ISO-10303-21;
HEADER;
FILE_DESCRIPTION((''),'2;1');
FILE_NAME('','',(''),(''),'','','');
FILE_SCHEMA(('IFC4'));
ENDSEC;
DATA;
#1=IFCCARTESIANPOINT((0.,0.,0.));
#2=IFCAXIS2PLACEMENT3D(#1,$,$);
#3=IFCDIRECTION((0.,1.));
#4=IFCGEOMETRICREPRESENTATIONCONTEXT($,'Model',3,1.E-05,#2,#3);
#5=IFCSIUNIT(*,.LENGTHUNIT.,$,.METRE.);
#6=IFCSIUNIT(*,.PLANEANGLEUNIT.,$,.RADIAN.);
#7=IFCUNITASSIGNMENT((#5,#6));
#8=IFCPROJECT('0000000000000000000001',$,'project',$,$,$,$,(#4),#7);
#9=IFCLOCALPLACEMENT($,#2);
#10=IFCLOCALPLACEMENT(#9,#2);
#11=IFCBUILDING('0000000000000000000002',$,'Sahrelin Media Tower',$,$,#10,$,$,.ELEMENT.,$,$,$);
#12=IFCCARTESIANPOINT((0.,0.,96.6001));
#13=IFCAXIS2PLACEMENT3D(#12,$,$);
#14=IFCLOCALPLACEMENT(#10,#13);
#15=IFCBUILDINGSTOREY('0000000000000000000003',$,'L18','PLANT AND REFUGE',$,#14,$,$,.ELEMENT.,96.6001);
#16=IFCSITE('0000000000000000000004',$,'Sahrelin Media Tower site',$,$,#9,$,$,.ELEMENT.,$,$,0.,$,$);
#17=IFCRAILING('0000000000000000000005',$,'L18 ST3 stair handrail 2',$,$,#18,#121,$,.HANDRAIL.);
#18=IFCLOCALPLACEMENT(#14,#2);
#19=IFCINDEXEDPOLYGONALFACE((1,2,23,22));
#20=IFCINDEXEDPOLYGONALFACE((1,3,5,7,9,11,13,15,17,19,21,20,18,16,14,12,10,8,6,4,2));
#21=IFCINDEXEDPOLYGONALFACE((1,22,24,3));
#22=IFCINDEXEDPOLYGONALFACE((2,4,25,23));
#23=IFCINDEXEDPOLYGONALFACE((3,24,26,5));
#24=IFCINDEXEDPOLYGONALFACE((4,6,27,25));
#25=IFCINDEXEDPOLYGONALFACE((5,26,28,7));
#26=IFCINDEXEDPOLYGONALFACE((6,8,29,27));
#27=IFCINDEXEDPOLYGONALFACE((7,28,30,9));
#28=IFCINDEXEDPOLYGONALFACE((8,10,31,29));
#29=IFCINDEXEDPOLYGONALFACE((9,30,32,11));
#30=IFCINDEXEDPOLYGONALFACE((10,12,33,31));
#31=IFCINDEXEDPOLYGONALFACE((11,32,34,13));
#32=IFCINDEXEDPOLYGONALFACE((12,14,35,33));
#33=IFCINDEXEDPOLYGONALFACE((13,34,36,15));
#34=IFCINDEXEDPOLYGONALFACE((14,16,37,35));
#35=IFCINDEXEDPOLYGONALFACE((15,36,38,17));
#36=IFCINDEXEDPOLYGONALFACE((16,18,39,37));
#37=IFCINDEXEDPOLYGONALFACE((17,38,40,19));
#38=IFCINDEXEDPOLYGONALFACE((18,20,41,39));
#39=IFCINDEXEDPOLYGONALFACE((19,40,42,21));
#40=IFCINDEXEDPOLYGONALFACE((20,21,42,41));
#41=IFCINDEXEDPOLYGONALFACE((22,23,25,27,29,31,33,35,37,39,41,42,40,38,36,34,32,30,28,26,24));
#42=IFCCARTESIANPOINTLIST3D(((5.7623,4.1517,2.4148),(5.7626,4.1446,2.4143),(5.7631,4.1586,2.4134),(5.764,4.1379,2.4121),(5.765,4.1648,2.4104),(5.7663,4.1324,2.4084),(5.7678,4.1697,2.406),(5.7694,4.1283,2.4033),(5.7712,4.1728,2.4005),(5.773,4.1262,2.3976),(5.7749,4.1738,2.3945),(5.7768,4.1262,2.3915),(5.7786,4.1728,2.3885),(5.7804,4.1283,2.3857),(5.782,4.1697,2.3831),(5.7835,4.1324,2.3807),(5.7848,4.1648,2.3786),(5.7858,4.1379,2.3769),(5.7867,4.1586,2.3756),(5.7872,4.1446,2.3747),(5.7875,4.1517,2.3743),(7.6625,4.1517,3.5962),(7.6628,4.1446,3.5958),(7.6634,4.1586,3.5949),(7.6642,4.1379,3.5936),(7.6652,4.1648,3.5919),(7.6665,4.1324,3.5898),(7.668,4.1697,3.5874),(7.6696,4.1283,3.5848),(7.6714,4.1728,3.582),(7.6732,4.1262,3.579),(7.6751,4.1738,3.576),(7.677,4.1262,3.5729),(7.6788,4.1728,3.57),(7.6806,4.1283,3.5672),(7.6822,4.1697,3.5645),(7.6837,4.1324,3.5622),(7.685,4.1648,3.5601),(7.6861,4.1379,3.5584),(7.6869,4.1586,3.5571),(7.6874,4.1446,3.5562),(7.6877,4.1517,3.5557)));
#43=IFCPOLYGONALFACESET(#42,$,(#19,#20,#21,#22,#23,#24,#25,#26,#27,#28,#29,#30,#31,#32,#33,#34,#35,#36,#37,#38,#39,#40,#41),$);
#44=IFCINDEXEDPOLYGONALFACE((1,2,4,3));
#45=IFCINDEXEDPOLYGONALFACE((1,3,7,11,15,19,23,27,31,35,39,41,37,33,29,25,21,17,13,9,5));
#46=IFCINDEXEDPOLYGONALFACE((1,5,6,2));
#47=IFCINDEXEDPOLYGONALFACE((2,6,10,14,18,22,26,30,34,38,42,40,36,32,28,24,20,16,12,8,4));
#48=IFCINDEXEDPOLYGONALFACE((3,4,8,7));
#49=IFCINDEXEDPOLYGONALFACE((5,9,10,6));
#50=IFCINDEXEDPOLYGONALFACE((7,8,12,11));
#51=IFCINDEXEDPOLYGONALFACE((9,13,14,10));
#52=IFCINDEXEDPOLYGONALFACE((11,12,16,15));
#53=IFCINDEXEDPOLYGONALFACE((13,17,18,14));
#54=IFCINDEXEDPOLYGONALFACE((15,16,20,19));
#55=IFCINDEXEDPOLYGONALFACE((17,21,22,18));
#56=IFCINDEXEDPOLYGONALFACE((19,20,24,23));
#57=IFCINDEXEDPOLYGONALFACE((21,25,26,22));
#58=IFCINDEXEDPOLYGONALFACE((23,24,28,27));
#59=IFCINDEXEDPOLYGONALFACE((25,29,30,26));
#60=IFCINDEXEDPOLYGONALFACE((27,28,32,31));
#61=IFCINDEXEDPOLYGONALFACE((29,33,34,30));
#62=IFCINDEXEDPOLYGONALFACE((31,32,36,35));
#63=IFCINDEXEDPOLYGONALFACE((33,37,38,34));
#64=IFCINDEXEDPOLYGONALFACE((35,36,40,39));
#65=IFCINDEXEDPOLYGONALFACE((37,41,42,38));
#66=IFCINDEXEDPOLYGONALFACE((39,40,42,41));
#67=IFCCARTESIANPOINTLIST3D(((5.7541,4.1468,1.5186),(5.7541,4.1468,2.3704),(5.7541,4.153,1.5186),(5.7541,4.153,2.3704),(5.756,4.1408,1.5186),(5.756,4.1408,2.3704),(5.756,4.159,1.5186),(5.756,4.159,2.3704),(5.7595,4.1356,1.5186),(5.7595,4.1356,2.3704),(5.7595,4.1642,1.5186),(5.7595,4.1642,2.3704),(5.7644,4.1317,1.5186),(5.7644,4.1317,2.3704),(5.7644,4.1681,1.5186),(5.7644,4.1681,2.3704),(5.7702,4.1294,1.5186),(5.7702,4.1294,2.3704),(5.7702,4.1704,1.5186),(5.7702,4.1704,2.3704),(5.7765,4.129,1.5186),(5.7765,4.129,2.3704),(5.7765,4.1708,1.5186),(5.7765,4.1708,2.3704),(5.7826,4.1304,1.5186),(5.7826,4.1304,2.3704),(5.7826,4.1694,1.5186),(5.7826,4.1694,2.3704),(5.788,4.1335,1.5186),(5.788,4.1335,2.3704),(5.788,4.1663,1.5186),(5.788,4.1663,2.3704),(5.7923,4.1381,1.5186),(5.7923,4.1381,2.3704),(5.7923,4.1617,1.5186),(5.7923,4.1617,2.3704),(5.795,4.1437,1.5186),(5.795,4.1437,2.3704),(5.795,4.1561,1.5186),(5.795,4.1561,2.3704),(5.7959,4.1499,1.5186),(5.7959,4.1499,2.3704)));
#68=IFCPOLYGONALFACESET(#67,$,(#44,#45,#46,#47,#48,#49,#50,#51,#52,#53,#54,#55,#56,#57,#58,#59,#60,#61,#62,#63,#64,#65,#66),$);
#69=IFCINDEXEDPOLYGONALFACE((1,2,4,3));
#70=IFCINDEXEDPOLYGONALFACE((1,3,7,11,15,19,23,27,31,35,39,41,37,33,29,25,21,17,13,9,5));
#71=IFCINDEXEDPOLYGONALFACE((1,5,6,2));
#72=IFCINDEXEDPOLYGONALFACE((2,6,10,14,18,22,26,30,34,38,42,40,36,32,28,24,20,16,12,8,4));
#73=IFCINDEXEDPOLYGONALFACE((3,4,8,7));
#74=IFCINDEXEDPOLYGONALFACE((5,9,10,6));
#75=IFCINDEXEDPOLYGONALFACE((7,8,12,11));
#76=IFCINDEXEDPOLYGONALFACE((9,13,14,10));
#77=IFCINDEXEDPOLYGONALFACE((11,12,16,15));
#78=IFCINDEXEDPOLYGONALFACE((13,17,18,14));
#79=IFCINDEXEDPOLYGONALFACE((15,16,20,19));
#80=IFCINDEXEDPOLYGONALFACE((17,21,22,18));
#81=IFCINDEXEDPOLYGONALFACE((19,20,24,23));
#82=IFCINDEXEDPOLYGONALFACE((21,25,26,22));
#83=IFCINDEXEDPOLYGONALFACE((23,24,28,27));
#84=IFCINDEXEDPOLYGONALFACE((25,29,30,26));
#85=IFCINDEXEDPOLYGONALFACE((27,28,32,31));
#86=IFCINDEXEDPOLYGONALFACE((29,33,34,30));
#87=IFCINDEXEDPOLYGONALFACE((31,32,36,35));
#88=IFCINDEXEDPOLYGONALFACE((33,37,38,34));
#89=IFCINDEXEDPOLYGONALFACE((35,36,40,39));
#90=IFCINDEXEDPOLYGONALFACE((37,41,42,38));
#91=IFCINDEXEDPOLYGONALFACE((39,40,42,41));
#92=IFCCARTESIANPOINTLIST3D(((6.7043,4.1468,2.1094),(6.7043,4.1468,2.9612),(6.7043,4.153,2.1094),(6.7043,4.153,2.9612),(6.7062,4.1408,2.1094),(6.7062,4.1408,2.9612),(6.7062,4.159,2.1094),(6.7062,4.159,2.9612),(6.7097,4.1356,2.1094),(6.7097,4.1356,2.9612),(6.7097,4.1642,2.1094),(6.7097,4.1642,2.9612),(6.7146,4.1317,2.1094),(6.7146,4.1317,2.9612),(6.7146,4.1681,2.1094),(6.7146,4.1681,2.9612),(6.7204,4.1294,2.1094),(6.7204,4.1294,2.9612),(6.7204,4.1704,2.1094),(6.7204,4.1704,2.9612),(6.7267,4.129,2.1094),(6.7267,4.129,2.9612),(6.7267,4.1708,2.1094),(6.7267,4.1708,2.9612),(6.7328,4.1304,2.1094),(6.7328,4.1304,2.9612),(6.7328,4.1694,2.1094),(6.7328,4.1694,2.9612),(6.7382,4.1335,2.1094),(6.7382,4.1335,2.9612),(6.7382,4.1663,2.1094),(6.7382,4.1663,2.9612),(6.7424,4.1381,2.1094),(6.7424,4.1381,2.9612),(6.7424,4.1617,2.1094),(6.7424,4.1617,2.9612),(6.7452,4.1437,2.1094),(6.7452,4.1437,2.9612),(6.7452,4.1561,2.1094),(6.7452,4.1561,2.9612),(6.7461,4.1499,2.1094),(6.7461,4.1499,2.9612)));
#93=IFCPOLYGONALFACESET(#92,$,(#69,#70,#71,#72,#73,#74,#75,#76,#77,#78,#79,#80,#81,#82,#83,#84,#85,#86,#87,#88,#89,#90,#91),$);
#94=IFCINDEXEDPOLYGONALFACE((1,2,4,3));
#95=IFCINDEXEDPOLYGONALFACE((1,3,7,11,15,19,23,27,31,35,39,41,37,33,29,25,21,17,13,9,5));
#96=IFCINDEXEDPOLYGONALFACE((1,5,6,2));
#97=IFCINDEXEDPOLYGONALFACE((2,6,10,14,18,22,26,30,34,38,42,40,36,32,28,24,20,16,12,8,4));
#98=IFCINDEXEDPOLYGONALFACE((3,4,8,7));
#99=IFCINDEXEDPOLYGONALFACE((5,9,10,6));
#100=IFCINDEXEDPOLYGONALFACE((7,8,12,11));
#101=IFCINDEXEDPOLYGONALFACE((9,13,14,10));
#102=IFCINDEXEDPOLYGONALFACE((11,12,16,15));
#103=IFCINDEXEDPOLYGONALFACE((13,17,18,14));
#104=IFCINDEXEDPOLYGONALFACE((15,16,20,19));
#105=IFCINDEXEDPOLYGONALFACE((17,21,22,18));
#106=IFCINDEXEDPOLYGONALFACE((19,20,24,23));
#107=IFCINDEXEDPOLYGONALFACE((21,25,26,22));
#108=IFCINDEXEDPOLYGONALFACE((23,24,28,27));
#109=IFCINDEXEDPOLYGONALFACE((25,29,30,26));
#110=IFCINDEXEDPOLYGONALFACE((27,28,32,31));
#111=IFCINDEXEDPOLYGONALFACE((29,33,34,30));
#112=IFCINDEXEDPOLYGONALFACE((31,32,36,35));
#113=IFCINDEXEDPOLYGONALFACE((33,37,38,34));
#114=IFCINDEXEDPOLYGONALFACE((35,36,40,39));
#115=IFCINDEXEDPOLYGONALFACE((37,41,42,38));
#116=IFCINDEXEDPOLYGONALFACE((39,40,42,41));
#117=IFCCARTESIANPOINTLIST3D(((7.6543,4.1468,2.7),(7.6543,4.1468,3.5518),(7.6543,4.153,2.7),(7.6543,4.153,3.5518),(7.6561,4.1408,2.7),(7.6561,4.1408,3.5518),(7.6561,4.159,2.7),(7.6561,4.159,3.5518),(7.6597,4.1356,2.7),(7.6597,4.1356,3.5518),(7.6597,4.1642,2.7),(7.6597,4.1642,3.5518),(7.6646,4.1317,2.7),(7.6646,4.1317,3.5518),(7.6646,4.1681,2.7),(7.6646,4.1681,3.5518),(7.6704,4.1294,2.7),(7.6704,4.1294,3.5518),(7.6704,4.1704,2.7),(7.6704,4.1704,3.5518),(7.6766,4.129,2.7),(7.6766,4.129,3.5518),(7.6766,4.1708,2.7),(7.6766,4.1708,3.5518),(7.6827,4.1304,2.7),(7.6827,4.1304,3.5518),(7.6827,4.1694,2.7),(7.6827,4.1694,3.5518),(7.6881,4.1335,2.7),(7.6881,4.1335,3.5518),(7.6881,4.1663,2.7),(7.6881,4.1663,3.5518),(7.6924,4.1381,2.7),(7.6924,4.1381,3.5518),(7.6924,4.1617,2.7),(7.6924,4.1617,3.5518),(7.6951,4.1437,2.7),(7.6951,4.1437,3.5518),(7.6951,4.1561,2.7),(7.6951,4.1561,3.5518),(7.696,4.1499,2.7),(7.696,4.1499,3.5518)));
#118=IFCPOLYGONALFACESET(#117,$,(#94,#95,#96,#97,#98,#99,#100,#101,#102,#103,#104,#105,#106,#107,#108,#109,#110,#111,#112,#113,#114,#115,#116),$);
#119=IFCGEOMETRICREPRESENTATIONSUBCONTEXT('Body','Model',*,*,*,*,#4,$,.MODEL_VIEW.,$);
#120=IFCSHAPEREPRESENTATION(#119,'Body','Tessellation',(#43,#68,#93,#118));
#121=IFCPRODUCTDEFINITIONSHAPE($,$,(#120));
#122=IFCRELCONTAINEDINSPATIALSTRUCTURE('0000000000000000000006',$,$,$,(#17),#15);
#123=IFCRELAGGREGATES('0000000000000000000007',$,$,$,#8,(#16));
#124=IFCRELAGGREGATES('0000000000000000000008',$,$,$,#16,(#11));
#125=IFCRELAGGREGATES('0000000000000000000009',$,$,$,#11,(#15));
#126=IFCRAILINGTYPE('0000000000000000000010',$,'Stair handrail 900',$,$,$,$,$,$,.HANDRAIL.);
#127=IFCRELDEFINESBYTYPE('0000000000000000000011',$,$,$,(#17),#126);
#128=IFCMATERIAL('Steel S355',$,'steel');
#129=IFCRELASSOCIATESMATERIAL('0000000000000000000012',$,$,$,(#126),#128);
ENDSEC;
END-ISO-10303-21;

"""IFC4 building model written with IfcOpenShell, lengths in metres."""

from ifc_helpers import new_model, si_unit, direction, frame, origin, origin_2d, place, context, subcontext, project, spatial, circle, extrude, material, type_object, element, save


model = new_model("IFC4")

# Units and contexts
model_context = context("Model", 3, precision=1e-05, world=origin(), true_north=direction((0.0, 1.0)))
body_context = subcontext(model_context, "Body", "Model", "MODEL_VIEW")
ifc_project = project(units=[si_unit("LENGTHUNIT", "METRE"), si_unit("PLANEANGLEUNIT", "RADIAN")], contexts=[model_context])

# Site, building, storey
site_placement = place(None, origin())
site = spatial("IfcSite", under=ifc_project, at=site_placement, Name="Sahrelin Media Tower site", CompositionType="ELEMENT", RefElevation=0.0)
building_placement = place(site_placement, origin())
building = spatial("IfcBuilding", under=site, at=building_placement, Name="Sahrelin Media Tower", CompositionType="ELEMENT")
storey_placement = place(building_placement, frame((0.0, 0.0, 96.6001)))
storey = spatial("IfcBuildingStorey", under=building, at=storey_placement, Name="L18", Description="PLANT AND REFUGE", CompositionType="ELEMENT", Elevation=96.6001)

# Railing
ifc_material_1 = material(Name="Steel S355", Category="steel")
railing_type_1 = type_object("IfcRailingType", Name="Stair handrail 900", PredefinedType="HANDRAIL", material=ifc_material_1)
railing_1_placement = place(storey_placement, frame((5.7749, 4.1499, 1.5186)))
element("IfcRailing", 1, at=railing_1_placement, inside=storey, type_object=railing_type_1, Name="L18 ST3 stair handrail 2", PredefinedType="HANDRAIL", context=body_context, shape_type="SweptSolid", body=[
    extrude(circle(Radius=0.0239, at=origin_2d()), frame((0.0, 0.0, 0.876), z_axis=(0.84924, 0.0, 0.528006), x_axis=(0.0, 1.0, 0.0)), (0.0, 0.0, 1.0), 2.2375),
    extrude(circle(Radius=0.021, at=origin_2d()), origin(), (0.0, 0.0, 1.0), 0.8518),
    extrude(circle(Radius=0.021, at=origin_2d()), frame((0.9502, 0.0, 0.5908)), (0.0, 0.0, 1.0), 0.8518),
    extrude(circle(Radius=0.021, at=origin_2d()), frame((1.9001, 0.0, 1.1814)), (0.0, 0.0, 1.0), 0.8518),
])

save(model, "model.ifc")
